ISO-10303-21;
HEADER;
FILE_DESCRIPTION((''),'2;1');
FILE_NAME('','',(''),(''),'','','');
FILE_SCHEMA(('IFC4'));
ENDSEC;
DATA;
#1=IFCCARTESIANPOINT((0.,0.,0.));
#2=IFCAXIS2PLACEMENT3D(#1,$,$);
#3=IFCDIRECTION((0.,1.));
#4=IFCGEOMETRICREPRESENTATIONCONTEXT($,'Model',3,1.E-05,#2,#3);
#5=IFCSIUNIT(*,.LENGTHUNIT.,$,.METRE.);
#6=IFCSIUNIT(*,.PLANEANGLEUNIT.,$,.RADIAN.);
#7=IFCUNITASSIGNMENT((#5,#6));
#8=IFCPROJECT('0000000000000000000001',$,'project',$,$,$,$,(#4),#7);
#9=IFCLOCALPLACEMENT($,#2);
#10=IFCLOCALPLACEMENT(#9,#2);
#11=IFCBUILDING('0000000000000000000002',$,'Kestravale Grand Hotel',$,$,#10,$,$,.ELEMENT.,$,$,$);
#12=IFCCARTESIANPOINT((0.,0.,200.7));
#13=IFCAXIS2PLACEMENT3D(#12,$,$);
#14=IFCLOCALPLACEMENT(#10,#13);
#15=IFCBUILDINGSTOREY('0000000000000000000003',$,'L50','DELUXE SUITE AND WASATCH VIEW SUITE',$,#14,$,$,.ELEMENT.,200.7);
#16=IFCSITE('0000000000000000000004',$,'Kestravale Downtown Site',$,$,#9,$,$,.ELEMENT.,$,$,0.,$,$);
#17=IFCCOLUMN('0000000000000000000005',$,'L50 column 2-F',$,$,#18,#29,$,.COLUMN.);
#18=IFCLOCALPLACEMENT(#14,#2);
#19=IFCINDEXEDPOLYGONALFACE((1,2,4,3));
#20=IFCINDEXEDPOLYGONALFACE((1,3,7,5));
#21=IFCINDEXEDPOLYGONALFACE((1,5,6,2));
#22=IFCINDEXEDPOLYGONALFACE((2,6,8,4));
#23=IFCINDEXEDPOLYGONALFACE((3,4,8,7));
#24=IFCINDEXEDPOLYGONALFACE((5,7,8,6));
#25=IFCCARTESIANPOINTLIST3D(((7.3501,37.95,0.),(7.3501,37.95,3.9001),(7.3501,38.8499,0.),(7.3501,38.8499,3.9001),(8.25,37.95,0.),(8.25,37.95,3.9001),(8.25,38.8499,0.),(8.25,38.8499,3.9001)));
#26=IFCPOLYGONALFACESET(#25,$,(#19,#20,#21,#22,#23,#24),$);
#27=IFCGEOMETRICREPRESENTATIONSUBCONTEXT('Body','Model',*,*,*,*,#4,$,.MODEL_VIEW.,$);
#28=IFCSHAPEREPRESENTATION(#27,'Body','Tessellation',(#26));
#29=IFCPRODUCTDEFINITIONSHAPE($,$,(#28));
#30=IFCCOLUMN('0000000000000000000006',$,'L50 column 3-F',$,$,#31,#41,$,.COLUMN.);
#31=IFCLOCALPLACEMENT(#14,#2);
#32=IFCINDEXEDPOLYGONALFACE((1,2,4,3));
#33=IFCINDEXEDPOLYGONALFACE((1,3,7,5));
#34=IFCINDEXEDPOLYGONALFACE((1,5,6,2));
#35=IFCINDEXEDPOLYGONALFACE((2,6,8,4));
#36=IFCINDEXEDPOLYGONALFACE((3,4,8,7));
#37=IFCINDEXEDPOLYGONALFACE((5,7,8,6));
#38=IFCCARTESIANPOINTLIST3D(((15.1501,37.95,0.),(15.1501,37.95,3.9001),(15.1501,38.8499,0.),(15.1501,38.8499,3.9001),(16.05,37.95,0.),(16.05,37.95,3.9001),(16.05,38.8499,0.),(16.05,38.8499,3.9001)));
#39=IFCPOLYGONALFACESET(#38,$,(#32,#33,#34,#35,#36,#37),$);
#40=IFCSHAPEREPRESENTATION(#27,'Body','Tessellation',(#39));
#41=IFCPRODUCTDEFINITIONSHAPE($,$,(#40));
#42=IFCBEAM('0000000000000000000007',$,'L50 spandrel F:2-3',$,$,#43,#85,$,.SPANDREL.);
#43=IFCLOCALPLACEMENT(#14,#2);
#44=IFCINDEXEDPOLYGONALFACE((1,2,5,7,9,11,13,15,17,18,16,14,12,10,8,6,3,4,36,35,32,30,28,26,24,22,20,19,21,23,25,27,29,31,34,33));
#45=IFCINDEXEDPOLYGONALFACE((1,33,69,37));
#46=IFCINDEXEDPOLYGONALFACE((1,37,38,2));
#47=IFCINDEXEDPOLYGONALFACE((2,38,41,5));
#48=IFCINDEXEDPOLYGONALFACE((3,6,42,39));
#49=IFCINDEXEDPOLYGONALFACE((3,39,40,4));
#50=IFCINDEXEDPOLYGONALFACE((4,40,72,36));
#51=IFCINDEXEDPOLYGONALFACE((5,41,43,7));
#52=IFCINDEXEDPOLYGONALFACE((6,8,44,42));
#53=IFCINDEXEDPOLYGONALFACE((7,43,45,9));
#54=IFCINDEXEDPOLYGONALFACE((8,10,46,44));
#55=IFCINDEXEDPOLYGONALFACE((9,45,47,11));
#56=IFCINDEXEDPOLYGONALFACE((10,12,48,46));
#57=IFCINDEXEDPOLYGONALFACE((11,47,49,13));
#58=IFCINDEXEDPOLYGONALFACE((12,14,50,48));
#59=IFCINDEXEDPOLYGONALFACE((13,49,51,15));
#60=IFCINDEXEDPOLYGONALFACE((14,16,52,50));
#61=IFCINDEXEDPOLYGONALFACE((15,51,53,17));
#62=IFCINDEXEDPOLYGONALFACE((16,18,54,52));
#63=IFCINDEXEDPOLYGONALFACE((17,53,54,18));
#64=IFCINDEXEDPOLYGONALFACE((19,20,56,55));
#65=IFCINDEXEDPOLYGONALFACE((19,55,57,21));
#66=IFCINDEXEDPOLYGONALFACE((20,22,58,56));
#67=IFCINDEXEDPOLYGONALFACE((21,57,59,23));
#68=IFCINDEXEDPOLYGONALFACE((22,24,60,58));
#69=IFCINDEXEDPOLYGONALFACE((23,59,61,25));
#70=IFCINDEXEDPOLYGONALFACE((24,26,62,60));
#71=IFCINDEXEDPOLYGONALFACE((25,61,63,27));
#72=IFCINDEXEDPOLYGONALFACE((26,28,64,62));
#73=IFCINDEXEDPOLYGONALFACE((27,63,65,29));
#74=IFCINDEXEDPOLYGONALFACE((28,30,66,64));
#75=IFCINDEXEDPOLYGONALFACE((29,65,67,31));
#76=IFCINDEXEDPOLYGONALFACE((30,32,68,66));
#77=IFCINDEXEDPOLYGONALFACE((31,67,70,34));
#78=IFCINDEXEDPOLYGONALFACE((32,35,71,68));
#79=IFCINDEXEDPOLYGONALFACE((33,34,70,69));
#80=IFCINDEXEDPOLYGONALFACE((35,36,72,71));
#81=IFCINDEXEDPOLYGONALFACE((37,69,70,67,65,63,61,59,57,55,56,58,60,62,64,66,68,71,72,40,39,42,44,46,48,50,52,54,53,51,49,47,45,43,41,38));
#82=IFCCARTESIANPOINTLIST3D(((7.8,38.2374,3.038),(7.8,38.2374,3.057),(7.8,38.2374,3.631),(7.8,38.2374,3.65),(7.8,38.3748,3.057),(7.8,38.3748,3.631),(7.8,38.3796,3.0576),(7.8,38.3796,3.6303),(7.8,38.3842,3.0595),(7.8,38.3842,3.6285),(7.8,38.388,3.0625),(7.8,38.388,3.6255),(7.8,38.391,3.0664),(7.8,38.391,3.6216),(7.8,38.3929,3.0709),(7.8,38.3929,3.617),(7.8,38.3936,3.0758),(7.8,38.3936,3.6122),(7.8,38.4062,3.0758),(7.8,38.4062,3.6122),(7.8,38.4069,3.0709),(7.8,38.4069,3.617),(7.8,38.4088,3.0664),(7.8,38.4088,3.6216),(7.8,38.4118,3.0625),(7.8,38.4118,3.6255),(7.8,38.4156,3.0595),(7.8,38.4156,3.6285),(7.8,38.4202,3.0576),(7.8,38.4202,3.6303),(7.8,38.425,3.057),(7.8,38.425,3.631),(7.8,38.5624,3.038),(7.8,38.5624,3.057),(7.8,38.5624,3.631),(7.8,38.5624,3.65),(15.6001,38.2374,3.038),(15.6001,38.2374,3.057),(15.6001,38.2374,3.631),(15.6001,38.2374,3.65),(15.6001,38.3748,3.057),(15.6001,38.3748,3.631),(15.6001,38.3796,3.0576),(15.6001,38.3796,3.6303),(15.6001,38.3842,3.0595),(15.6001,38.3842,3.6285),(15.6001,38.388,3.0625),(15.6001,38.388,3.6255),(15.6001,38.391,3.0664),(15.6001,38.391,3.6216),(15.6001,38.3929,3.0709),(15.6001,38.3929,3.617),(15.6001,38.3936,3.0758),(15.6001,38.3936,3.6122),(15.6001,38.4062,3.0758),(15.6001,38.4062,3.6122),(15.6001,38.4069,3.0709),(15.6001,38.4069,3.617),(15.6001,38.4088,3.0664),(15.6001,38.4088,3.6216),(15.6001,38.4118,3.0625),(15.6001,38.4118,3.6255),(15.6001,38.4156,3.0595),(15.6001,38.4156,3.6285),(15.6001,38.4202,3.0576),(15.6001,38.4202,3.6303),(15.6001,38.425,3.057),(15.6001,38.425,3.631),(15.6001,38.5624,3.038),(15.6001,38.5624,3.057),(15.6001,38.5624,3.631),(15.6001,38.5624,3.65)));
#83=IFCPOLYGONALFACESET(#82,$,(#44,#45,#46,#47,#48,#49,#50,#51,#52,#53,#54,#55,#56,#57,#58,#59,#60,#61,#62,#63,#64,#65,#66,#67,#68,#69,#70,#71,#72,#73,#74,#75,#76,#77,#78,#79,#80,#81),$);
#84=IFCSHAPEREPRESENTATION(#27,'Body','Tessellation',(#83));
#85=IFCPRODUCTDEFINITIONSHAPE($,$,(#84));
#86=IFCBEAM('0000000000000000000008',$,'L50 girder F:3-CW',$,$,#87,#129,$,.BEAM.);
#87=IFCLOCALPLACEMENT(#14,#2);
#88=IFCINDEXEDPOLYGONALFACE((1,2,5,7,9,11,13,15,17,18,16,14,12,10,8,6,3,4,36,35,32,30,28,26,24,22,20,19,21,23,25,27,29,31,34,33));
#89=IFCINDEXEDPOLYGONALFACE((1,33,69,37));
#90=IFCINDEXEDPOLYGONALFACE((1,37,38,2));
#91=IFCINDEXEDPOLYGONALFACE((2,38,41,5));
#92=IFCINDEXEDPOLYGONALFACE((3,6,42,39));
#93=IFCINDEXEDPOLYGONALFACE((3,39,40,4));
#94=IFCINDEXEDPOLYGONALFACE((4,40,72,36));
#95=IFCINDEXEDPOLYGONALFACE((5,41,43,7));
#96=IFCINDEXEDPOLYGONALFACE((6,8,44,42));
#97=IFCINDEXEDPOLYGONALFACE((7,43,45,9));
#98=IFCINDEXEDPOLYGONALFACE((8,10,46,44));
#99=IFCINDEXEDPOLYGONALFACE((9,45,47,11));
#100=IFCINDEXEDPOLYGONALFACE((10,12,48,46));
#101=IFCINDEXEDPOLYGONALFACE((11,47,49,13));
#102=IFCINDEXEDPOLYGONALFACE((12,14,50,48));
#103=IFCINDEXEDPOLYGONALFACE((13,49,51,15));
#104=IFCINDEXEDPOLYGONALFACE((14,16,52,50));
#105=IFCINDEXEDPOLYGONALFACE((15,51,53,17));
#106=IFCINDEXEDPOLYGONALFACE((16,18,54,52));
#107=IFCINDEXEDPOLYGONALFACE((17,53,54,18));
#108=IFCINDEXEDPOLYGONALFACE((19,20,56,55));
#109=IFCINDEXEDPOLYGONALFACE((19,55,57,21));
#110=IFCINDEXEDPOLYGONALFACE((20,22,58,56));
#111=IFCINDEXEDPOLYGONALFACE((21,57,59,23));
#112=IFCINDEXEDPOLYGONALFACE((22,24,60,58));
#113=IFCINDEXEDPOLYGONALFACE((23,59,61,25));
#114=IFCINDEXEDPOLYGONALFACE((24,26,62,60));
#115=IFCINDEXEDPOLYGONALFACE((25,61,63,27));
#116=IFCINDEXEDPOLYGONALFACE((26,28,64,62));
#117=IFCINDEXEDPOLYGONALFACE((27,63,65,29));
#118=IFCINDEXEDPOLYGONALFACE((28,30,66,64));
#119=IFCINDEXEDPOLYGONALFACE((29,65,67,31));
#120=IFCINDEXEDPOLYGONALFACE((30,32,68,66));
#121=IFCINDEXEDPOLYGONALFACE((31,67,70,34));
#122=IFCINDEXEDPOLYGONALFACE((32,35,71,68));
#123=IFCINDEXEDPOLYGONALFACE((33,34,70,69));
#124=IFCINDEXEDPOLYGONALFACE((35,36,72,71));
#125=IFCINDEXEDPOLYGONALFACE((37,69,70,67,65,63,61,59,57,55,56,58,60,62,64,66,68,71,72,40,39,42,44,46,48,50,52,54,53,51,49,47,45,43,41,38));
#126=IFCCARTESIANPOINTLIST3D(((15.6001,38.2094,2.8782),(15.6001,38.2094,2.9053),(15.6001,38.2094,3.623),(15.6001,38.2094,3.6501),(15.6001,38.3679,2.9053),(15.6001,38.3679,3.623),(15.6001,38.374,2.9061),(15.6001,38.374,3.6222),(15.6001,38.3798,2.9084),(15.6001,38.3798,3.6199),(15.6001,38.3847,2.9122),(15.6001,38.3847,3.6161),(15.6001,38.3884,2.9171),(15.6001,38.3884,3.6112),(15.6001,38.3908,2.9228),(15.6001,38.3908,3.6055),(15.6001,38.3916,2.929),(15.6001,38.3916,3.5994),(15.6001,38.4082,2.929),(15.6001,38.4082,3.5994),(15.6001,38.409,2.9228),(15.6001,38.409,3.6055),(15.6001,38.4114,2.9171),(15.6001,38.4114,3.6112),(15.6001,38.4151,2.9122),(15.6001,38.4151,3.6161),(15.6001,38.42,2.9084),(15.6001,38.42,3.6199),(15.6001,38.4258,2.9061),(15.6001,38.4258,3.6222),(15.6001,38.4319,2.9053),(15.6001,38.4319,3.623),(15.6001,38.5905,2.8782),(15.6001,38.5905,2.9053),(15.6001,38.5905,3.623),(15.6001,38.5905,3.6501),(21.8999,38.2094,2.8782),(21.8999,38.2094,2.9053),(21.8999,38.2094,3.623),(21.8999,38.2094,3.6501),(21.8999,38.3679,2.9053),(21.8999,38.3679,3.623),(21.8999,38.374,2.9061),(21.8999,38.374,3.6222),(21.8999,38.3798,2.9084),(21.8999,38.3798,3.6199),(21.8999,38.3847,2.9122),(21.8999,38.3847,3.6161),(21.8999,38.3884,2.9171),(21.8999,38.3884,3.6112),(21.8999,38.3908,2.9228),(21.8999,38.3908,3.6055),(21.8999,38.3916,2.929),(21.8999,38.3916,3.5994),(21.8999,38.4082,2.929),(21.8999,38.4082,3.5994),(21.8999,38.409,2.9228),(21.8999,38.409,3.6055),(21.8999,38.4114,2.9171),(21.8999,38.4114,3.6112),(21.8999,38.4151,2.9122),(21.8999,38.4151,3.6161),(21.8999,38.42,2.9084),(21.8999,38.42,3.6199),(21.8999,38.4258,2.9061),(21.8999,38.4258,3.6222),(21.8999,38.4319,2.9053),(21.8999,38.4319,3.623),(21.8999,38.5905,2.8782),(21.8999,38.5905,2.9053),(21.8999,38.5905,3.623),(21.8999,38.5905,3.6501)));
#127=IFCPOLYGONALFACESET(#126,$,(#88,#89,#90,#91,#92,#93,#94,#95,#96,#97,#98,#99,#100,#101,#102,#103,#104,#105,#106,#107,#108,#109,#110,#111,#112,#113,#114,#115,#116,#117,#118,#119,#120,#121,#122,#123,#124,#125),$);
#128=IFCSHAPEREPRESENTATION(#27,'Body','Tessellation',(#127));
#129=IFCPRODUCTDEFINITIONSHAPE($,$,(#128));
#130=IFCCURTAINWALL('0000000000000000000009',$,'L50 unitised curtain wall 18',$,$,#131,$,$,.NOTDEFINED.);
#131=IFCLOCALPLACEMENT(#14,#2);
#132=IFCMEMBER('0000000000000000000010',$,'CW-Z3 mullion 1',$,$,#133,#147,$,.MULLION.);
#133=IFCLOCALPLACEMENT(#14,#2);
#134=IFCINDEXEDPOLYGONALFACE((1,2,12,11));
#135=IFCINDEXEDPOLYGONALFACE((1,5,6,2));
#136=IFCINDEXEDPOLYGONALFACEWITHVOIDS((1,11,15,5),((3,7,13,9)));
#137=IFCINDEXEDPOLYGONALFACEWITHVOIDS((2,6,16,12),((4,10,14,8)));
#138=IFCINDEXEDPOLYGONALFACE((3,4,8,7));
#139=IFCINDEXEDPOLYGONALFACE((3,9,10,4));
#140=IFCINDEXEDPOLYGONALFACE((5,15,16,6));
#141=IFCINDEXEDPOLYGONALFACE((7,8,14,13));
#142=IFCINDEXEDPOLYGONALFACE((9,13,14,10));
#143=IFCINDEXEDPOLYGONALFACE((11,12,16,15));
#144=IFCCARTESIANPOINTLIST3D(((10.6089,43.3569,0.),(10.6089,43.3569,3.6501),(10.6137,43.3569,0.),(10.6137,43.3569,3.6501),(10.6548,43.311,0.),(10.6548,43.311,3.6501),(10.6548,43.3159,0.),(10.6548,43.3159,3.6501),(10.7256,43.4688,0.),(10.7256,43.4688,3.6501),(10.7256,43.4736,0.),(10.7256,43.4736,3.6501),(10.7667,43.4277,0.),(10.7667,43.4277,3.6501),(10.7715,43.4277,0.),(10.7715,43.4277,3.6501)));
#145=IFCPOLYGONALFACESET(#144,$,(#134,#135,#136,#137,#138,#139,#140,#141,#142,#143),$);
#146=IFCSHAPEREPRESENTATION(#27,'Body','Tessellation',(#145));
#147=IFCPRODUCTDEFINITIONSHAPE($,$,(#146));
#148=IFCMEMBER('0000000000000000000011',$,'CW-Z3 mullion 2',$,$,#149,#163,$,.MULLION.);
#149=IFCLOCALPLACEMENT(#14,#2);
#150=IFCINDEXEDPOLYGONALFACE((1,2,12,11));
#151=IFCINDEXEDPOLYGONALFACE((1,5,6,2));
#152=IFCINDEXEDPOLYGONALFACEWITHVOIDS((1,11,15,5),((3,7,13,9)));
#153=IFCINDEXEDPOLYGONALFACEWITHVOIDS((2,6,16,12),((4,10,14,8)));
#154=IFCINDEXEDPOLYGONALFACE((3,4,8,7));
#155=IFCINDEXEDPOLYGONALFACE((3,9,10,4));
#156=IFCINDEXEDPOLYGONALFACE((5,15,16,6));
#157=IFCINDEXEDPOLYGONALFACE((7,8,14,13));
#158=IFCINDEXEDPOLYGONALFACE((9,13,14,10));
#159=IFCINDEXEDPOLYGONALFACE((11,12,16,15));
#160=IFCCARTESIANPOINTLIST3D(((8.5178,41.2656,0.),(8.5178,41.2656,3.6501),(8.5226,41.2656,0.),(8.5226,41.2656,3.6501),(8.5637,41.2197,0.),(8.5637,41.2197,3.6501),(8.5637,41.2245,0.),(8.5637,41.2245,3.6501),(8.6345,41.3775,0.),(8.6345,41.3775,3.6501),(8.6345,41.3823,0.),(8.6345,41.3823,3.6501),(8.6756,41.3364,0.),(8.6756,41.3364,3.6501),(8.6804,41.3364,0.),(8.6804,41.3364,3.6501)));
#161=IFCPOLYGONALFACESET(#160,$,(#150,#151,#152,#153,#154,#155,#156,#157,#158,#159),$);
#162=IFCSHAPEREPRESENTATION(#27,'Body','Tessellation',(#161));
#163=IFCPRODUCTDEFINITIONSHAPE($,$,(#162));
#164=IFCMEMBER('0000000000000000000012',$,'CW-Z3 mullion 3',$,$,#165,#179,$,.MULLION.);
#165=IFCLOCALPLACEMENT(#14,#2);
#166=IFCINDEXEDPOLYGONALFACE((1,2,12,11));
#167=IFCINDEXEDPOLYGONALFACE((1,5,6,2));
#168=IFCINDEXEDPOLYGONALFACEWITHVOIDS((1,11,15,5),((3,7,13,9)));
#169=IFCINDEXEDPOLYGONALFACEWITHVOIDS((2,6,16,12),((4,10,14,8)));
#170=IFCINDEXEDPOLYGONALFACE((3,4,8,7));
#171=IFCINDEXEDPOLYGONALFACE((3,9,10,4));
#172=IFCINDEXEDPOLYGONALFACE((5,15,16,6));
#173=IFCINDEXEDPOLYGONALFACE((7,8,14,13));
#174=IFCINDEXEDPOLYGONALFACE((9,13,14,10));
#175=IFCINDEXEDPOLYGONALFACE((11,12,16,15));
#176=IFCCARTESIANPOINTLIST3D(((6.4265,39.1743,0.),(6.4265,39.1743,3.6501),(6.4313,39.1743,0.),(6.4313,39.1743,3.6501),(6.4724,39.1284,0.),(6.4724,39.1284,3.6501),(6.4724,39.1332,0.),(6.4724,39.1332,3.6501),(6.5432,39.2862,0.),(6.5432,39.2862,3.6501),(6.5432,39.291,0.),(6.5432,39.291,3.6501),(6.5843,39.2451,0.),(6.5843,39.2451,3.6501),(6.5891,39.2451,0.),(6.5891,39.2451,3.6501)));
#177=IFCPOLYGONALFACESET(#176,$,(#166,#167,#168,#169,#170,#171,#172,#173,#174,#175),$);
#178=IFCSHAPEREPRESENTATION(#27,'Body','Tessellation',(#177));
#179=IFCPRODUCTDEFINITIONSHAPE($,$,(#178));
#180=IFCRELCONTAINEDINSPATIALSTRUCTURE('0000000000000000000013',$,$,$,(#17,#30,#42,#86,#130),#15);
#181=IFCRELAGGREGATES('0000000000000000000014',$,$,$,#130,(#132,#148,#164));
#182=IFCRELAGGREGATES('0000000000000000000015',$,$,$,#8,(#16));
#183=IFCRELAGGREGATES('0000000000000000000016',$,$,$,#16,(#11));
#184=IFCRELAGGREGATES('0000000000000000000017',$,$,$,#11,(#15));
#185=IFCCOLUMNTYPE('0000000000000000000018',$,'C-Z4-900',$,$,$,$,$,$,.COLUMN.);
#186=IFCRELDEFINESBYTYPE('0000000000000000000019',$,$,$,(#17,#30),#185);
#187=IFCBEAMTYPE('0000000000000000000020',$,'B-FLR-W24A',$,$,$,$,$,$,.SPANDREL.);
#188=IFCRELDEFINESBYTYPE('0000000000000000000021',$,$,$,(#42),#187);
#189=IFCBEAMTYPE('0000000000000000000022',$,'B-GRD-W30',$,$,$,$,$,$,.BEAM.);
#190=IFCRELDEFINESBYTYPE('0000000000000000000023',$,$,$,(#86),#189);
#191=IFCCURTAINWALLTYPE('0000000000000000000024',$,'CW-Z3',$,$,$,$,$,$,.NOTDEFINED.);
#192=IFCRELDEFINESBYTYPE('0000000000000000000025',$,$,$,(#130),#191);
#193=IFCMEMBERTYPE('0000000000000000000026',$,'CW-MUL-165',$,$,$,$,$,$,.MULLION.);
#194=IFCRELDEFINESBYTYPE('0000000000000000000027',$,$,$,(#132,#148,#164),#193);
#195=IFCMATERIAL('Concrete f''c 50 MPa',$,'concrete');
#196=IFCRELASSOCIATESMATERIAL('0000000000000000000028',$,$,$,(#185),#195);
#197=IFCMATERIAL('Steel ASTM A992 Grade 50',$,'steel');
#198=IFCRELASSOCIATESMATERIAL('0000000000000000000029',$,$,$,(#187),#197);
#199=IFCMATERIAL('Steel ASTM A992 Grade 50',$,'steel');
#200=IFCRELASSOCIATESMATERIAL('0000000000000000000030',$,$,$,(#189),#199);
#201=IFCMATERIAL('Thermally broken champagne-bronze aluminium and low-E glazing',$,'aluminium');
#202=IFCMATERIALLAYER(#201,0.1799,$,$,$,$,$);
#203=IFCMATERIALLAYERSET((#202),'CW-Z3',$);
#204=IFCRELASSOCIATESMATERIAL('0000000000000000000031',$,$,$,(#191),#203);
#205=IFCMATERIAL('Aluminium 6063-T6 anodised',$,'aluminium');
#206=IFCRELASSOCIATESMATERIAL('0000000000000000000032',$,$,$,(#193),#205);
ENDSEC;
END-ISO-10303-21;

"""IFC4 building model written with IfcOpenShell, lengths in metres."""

from ifc_helpers import new_model, si_unit, direction, frame, origin, origin_2d, place, context, subcontext, project, spatial, rectangle, hollow_rectangle, i_section, extrude, material, layer, layer_set, material_profile, profile_set, type_object, element, aggregate, save


model = new_model("IFC4")

# Units and contexts
model_context = context("Model", 3, precision=1e-05, world=origin(), true_north=direction((0.0, 1.0)))
body_context = subcontext(model_context, "Body", "Model", "MODEL_VIEW")
ifc_project = project(units=[si_unit("LENGTHUNIT", "METRE"), si_unit("PLANEANGLEUNIT", "RADIAN")], contexts=[model_context])

# Site, building, storey
site_placement = place(None, origin())
site = spatial("IfcSite", under=ifc_project, at=site_placement, Name="Kestravale Downtown Site", CompositionType="ELEMENT", RefElevation=0.0)
building_placement = place(site_placement, origin())
building = spatial("IfcBuilding", under=site, at=building_placement, Name="Kestravale Grand Hotel", CompositionType="ELEMENT")
storey_placement = place(building_placement, frame((0.0, 0.0, 200.7)))
storey = spatial("IfcBuildingStorey", under=building, at=storey_placement, Name="L50", Description="DELUXE SUITE AND WASATCH VIEW SUITE", CompositionType="ELEMENT", Elevation=200.7)

# Columns
ifc_material_1 = material(Name="Concrete f'c 50 MPa", Category="concrete")
ifc_material_profile_1 = material_profile(ifc_material_1, rectangle(XDim=0.8999, YDim=0.8999, at=origin_2d()))
ifc_profile_set_1 = profile_set([ifc_material_profile_1], Name="Concrete f'c 50 MPa")
column_type = type_object("IfcColumnType", Name="C-Z4-900", PredefinedType="COLUMN", material=ifc_profile_set_1)
for number, where, z_axis, x_axis, name in (
    (1, (7.8, 38.3999, 0.0), (0.0, 0.0, 1.0), (1.0, 0.0, 0.0), "L50 column 2-F"),
    (2, (15.6001, 38.3999, 0.0), (0.0, 0.0, 1.0), (1.0, 0.0, 0.0), "L50 column 3-F"),
):
    element("IfcColumn", number, at=place(storey_placement, frame(where, z_axis=z_axis, x_axis=x_axis)), inside=storey, type_object=column_type, Name=name, PredefinedType="COLUMN", context=body_context, shape_type="SweptSolid", body=[
        extrude(rectangle(XDim=0.8999, YDim=0.8999, at=origin_2d()), origin(), (0.0, 0.0, 1.0), 3.9001),
    ])

# Beams
ifc_material_2 = material(Name="Steel ASTM A992 Grade 50", Category="steel")
ifc_material_profile_2 = material_profile(ifc_material_2, i_section(OverallWidth=0.325, OverallDepth=0.6121, WebThickness=0.0127, FlangeThickness=0.019, FilletRadius=0.0188, at=origin_2d()))
ifc_profile_set_2 = profile_set([ifc_material_profile_2], Name="Steel ASTM A992 Grade 50")
beam_type_1 = type_object("IfcBeamType", Name="B-FLR-W24A", PredefinedType="SPANDREL", material=ifc_profile_set_2)
beam_1_placement = place(storey_placement, frame((7.8, 38.3999, 3.344), z_axis=(1.0, 0.0, 0.0), x_axis=(0.0, 1.0, 0.0)))
element("IfcBeam", 3, at=beam_1_placement, inside=storey, type_object=beam_type_1, Name="L50 spandrel F:2-3", PredefinedType="SPANDREL", context=body_context, shape_type="SweptSolid", body=[
    extrude(i_section(OverallWidth=0.325, OverallDepth=0.6121, WebThickness=0.0127, FlangeThickness=0.019, FilletRadius=0.0188, at=origin_2d()), origin(), (0.0, 0.0, 1.0), 7.8),
])
ifc_material_3 = material(Name="Steel ASTM A992 Grade 50", Category="steel")
ifc_material_profile_3 = material_profile(ifc_material_3, i_section(OverallWidth=0.3811, OverallDepth=0.772, WebThickness=0.0166, FlangeThickness=0.0271, FilletRadius=0.0237, at=origin_2d()))
ifc_profile_set_3 = profile_set([ifc_material_profile_3], Name="Steel ASTM A992 Grade 50")
beam_type_2 = type_object("IfcBeamType", Name="B-GRD-W30", PredefinedType="BEAM", material=ifc_profile_set_3)
beam_2_placement = place(storey_placement, frame((15.6001, 38.3999, 3.2642), z_axis=(1.0, 0.0, 0.0), x_axis=(0.0, 1.0, 0.0)))
element("IfcBeam", 4, at=beam_2_placement, inside=storey, type_object=beam_type_2, Name="L50 girder F:3-CW", PredefinedType="BEAM", context=body_context, shape_type="SweptSolid", body=[
    extrude(i_section(OverallWidth=0.3811, OverallDepth=0.772, WebThickness=0.0166, FlangeThickness=0.0271, FilletRadius=0.0237, at=origin_2d()), origin(), (0.0, 0.0, 1.0), 6.2998),
])

# Curtain wall, members
ifc_material_4 = material(Name="Thermally broken champagne-bronze aluminium and low-E glazing", Category="aluminium")
ifc_layer_1 = layer(ifc_material_4, 0.1799)
ifc_layer_set_1 = layer_set([ifc_layer_1], Name="CW-Z3")
curtain_wall_type = type_object("IfcCurtainWallType", Name="CW-Z3", PredefinedType="NOTDEFINED", material=ifc_layer_set_1)
curtain_wall_placement = place(storey_placement, origin())
curtain_wall = element("IfcCurtainWall", 5, at=curtain_wall_placement, inside=storey, type_object=curtain_wall_type, Name="L50 unitised curtain wall 18", PredefinedType="NOTDEFINED")
ifc_material_5 = material(Name="Aluminium 6063-T6 anodised", Category="aluminium")
ifc_material_profile_4 = material_profile(ifc_material_5, hollow_rectangle(XDim=0.0649, YDim=0.165, WallThickness=0.0034, at=origin_2d()))
ifc_profile_set_4 = profile_set([ifc_material_profile_4], Name="Aluminium 6063-T6 anodised")
member_type_1 = type_object("IfcMemberType", Name="CW-MUL-165", PredefinedType="MULLION", material=ifc_profile_set_4)
member_1_placement = place(storey_placement, frame((10.6902, 43.3923, 0.0), z_axis=(0.0, 0.0, 1.0), x_axis=(0.707107, -0.707107, 0.0)))
member_1 = element("IfcMember", 6, at=member_1_placement, type_object=member_type_1, Name="CW-Z3 mullion 1", PredefinedType="MULLION", context=body_context, shape_type="SweptSolid", body=[
    extrude(hollow_rectangle(XDim=0.0649, YDim=0.165, WallThickness=0.0034, at=origin_2d()), origin(), (0.0, 0.0, 1.0), 3.6501),
])
member_2_placement = place(storey_placement, frame((8.5991, 41.301, 0.0), z_axis=(0.0, 0.0, 1.0), x_axis=(0.707107, -0.707107, 0.0)))
member_2 = element("IfcMember", 7, at=member_2_placement, type_object=member_type_1, Name="CW-Z3 mullion 2", PredefinedType="MULLION", context=body_context, shape_type="SweptSolid", body=[
    extrude(hollow_rectangle(XDim=0.0649, YDim=0.165, WallThickness=0.0034, at=origin_2d()), origin(), (0.0, 0.0, 1.0), 3.6501),
])
member_3_placement = place(storey_placement, frame((6.5078, 39.2097, 0.0), z_axis=(0.0, 0.0, 1.0), x_axis=(0.707107, -0.707107, 0.0)))
member_3 = element("IfcMember", 8, at=member_3_placement, type_object=member_type_1, Name="CW-Z3 mullion 3", PredefinedType="MULLION", context=body_context, shape_type="SweptSolid", body=[
    extrude(hollow_rectangle(XDim=0.0649, YDim=0.165, WallThickness=0.0034, at=origin_2d()), origin(), (0.0, 0.0, 1.0), 3.6501),
])
aggregate(curtain_wall, [member_1, member_2, member_3])

save(model, "model.ifc")
